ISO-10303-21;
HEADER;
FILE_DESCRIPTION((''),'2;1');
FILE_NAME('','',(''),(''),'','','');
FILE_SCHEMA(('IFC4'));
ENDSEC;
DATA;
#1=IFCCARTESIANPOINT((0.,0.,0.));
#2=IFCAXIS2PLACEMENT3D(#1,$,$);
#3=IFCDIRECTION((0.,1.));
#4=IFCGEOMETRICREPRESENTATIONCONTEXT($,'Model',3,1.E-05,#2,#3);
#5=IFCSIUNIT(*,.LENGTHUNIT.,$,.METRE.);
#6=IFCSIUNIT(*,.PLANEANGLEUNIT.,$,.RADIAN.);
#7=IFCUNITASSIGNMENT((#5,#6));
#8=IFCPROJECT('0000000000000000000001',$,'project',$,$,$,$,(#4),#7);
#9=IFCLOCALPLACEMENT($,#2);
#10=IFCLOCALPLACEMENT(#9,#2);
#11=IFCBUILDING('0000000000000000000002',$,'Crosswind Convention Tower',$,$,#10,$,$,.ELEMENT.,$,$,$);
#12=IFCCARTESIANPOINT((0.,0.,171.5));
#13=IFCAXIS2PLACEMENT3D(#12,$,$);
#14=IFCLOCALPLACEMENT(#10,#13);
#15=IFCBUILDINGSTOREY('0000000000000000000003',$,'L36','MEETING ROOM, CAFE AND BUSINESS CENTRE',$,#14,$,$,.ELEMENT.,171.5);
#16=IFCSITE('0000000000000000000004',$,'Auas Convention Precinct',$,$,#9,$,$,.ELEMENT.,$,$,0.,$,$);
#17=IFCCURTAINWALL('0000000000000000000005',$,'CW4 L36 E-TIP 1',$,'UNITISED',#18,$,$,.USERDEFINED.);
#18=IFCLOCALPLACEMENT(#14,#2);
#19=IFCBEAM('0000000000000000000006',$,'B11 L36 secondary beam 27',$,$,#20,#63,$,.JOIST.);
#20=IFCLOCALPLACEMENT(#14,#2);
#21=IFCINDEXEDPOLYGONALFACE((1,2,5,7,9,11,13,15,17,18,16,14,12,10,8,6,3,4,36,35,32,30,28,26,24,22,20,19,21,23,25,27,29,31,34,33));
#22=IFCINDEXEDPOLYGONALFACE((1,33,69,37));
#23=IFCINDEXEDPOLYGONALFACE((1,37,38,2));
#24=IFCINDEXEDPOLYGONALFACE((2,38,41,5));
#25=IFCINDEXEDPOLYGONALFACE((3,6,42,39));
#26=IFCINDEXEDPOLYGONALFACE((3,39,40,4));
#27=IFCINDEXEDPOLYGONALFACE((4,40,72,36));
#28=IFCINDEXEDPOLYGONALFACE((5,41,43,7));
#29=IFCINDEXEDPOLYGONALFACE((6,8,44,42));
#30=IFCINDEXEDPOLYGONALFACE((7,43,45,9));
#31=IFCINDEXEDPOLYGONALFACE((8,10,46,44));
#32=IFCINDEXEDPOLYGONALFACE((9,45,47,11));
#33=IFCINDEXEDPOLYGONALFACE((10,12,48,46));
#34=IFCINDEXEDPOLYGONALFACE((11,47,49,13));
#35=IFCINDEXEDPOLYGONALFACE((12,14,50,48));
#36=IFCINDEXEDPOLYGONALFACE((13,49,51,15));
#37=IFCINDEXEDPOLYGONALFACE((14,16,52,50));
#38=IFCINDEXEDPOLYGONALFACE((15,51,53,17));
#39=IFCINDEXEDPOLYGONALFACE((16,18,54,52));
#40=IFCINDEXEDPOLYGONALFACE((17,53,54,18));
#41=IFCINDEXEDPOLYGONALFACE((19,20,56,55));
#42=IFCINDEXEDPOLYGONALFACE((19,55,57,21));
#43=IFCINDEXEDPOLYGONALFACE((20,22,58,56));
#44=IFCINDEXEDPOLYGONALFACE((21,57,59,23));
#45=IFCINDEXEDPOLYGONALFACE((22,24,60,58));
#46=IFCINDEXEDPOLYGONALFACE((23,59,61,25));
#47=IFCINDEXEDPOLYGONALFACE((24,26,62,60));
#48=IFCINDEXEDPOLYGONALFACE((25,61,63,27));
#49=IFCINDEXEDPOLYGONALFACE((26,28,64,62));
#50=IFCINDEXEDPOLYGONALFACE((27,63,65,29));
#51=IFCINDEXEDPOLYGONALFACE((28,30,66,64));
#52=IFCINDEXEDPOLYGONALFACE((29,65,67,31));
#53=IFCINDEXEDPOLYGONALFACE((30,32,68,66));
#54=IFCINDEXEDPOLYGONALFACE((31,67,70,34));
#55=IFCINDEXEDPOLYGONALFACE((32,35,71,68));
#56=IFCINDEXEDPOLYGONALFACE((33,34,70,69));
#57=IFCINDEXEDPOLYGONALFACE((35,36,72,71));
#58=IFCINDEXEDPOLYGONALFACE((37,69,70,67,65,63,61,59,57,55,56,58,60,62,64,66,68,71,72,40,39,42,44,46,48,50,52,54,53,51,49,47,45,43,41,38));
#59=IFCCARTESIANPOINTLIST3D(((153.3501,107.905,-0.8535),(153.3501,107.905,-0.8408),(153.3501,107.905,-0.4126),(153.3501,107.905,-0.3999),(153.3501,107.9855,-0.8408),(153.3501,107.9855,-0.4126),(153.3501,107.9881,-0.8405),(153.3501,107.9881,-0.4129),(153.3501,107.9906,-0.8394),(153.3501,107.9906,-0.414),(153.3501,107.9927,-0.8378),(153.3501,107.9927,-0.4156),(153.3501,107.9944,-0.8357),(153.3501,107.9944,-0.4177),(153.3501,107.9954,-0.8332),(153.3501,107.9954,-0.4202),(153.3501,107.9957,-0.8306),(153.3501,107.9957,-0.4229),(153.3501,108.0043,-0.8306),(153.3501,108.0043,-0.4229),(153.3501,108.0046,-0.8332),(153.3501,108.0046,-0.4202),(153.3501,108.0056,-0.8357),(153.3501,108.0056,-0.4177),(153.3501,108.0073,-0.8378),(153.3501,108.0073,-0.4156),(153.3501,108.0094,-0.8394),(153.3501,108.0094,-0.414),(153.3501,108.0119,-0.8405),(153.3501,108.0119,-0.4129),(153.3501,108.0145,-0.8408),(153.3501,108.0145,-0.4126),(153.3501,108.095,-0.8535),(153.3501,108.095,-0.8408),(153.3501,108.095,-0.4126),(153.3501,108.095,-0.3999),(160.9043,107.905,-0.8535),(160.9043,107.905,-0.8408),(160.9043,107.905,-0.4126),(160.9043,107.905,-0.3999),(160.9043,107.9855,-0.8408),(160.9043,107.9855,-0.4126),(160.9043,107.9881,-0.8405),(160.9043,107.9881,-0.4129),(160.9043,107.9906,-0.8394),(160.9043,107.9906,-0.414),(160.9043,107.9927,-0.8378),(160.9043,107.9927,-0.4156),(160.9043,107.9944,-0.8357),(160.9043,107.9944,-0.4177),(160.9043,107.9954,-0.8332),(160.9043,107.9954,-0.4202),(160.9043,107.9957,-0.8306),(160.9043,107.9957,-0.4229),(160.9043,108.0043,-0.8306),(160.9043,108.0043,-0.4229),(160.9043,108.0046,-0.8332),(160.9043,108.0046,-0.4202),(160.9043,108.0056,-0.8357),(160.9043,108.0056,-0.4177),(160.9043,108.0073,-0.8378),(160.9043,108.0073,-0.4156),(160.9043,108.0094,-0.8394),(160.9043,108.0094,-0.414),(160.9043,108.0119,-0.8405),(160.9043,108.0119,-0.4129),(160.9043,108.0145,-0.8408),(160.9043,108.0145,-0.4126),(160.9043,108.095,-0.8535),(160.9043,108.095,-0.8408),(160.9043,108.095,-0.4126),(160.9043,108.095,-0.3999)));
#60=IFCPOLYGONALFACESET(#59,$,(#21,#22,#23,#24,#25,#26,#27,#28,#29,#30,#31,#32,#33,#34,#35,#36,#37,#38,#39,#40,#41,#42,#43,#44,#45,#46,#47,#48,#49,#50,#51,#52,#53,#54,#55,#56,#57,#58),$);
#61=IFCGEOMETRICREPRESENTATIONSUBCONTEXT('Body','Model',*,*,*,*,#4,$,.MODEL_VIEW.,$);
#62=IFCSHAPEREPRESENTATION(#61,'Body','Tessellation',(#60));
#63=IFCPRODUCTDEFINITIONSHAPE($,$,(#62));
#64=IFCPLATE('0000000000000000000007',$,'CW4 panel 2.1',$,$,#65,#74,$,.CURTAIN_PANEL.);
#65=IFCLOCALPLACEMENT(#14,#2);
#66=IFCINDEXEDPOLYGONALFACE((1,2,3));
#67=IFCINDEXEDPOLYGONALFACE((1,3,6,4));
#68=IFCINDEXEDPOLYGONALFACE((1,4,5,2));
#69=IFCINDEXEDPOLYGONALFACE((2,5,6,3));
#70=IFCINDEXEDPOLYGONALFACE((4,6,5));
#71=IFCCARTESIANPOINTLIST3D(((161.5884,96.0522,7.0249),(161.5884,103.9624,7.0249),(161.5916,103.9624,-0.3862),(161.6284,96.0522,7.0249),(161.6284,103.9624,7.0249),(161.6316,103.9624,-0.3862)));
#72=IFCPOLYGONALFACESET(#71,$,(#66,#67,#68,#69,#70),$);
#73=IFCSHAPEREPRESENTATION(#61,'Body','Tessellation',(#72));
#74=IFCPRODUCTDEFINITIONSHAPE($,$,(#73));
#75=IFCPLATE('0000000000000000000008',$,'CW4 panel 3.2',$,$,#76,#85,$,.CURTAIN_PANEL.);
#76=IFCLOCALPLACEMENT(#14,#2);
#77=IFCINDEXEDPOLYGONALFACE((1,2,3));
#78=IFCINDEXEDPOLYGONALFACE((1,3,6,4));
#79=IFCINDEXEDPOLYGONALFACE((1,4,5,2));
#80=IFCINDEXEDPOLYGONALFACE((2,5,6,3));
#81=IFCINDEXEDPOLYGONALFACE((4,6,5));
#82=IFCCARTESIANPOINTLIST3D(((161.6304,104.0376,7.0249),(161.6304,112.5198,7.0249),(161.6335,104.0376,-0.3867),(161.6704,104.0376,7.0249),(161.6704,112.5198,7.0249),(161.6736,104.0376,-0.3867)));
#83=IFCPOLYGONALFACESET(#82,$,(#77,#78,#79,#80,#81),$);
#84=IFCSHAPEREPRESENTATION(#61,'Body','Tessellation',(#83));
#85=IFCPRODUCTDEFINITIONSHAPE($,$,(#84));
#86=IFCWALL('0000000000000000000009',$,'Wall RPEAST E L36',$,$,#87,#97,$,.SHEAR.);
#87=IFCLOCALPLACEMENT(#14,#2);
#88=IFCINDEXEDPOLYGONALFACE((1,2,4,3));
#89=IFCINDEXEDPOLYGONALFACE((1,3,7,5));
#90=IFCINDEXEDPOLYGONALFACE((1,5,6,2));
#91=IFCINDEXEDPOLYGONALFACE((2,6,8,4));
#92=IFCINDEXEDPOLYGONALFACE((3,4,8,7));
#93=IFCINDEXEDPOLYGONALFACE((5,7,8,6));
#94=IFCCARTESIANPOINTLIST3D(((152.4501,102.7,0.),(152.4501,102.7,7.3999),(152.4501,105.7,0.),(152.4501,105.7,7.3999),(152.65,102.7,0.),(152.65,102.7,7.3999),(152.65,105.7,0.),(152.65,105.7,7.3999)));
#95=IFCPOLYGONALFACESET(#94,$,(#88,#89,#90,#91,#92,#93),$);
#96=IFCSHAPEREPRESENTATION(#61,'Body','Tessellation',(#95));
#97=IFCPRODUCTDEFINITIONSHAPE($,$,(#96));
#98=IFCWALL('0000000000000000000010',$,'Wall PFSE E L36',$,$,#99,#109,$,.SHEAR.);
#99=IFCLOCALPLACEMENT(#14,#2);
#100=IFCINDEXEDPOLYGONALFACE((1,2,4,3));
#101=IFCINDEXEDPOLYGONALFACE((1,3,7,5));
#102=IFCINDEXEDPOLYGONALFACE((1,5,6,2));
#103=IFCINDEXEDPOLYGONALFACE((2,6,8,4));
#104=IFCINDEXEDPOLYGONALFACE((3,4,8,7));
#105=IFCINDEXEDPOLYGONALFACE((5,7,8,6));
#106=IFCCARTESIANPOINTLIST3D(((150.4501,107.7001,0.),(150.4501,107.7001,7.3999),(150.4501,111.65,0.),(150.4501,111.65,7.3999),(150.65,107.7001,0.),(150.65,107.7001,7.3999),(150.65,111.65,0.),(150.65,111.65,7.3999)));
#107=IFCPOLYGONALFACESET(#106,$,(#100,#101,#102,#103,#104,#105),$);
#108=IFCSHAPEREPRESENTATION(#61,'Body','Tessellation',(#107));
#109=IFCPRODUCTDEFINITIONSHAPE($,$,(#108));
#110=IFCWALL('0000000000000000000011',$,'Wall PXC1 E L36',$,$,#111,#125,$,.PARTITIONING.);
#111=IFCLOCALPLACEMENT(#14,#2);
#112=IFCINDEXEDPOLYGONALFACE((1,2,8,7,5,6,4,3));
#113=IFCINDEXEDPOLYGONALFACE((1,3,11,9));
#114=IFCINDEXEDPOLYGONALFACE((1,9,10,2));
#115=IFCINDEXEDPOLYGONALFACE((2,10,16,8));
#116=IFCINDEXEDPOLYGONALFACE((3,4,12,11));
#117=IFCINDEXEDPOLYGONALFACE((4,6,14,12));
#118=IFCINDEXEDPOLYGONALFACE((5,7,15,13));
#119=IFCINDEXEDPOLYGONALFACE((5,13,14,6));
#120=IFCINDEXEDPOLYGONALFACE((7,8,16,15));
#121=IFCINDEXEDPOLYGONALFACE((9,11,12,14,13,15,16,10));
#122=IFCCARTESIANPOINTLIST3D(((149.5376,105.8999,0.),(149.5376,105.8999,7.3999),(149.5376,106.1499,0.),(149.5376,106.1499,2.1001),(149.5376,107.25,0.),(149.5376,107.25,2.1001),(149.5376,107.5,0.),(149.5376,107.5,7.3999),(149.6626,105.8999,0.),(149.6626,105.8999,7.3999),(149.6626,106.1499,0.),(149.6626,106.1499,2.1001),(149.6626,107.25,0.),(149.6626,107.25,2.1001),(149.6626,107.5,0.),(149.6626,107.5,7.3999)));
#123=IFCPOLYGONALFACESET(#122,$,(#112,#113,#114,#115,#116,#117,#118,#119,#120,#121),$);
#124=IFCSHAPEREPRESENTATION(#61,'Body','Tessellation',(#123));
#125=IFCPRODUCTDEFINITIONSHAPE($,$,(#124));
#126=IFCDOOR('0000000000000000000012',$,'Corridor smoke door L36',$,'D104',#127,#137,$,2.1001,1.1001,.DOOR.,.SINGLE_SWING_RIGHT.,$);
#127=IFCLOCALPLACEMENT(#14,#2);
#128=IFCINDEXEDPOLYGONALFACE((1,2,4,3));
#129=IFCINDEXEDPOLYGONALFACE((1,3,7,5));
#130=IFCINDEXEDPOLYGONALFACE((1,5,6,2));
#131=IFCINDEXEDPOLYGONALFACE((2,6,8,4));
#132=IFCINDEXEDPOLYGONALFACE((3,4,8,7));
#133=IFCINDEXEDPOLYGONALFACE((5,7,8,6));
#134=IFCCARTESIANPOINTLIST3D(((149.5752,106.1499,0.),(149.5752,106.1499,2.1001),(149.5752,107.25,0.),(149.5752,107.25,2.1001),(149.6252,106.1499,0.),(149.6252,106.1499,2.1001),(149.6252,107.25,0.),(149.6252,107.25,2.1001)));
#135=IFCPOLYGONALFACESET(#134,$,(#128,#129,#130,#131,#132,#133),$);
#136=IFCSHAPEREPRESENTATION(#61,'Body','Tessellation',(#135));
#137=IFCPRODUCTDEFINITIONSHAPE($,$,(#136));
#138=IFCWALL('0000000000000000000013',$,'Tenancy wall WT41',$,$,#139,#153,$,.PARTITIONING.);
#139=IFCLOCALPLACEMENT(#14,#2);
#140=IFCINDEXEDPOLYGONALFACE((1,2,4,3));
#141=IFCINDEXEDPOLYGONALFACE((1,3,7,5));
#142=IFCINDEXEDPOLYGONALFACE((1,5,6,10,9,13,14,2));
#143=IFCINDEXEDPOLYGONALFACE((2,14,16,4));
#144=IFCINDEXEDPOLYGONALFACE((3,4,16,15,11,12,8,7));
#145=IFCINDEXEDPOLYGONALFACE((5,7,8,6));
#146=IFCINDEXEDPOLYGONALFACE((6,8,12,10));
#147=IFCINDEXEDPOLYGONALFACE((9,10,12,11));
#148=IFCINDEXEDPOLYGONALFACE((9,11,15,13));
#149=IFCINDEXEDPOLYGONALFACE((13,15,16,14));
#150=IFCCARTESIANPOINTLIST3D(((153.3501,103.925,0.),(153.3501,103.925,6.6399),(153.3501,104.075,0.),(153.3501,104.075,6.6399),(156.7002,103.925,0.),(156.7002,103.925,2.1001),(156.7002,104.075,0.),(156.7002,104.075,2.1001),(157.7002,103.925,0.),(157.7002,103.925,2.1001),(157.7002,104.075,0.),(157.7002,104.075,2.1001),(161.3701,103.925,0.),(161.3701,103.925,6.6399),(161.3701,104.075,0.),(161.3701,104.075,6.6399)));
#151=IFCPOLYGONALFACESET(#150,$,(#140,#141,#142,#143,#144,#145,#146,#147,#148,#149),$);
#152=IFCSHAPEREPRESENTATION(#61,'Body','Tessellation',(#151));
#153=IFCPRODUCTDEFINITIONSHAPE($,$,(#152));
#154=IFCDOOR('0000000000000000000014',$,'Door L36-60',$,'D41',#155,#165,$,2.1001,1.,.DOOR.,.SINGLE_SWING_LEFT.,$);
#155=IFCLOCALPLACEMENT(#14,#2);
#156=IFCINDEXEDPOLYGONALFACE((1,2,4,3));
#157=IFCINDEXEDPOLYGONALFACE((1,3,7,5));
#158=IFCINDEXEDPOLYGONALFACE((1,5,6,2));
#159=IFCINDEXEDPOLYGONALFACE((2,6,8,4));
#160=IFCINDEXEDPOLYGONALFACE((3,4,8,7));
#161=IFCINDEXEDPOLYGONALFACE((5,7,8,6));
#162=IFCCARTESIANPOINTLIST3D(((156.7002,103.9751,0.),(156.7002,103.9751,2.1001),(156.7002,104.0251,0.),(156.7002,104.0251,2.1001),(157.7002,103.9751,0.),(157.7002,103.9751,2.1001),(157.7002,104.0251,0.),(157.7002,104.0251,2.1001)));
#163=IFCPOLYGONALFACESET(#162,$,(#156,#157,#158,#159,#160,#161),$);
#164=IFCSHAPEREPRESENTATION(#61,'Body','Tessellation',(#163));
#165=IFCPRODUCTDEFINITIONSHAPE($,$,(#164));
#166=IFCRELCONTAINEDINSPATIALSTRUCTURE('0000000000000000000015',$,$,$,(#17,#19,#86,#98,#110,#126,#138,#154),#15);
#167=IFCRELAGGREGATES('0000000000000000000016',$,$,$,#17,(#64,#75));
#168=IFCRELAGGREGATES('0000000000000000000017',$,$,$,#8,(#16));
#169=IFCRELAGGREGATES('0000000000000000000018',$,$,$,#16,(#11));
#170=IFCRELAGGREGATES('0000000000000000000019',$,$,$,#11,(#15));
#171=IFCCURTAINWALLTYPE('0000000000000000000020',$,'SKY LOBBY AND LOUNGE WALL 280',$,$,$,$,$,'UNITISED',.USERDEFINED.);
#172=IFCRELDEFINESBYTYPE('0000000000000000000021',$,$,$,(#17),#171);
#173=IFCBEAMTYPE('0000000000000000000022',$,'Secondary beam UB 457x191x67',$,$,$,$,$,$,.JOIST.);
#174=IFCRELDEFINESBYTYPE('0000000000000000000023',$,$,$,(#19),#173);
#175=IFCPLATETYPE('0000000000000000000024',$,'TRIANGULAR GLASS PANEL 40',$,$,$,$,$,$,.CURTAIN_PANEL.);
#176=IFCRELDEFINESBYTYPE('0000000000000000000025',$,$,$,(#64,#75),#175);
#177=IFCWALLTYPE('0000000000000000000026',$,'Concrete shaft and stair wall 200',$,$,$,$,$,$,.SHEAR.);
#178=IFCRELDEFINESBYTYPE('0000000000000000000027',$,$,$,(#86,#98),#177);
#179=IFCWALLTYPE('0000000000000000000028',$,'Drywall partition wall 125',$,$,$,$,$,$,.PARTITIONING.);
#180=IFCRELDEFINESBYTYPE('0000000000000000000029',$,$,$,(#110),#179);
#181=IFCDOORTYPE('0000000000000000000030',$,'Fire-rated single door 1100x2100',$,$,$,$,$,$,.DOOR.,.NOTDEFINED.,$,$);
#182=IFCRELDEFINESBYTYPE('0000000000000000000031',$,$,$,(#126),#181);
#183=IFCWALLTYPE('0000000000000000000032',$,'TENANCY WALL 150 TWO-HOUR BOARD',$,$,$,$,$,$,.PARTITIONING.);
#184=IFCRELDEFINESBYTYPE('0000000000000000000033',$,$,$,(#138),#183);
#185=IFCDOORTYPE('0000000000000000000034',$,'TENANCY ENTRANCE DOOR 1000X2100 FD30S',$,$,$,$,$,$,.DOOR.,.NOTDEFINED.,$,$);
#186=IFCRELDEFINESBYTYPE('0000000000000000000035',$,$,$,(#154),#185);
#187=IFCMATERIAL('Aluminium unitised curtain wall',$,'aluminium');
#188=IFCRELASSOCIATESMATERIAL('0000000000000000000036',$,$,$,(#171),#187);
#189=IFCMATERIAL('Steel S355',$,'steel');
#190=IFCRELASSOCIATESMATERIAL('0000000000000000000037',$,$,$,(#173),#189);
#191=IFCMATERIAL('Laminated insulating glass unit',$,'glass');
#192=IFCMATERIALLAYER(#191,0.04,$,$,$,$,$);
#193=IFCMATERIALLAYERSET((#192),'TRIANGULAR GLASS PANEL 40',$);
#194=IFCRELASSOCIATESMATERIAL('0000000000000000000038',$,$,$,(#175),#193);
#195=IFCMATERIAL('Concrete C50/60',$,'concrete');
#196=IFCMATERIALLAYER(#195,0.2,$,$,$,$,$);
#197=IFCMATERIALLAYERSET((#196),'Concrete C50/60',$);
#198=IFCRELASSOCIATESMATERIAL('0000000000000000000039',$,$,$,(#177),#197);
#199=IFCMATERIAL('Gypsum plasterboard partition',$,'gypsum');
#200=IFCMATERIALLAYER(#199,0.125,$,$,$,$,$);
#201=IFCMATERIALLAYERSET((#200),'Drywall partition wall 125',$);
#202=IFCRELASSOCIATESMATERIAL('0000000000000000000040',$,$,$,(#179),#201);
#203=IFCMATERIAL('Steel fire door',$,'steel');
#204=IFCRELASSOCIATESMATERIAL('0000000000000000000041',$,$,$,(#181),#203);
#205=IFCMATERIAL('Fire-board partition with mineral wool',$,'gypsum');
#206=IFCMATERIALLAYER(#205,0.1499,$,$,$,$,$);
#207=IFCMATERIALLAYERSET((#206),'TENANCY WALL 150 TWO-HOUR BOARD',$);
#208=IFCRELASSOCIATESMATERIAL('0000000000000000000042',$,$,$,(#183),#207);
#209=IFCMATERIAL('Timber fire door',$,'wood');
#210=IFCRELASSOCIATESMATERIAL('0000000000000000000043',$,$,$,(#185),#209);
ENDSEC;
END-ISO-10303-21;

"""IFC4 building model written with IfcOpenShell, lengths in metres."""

from ifc_helpers import new_model, si_unit, direction, frame, frame_2d, origin, origin_2d, place, context, subcontext, project, spatial, polyline, rectangle, i_section, outline, extrude, material, layer, layer_set, material_profile, profile_set, type_object, element, fill, aggregate, save


model = new_model("IFC4")

# Units and contexts
model_context = context("Model", 3, precision=1e-05, world=origin(), true_north=direction((0.0, 1.0)))
body_context = subcontext(model_context, "Body", "Model", "MODEL_VIEW")
ifc_project = project(units=[si_unit("LENGTHUNIT", "METRE"), si_unit("PLANEANGLEUNIT", "RADIAN")], contexts=[model_context])

# Site, building, storey
site_placement = place(None, origin())
site = spatial("IfcSite", under=ifc_project, at=site_placement, Name="Auas Convention Precinct", CompositionType="ELEMENT", RefElevation=0.0)
building_placement = place(site_placement, origin())
building = spatial("IfcBuilding", under=site, at=building_placement, Name="Crosswind Convention Tower", CompositionType="ELEMENT")
storey_placement = place(building_placement, frame((0.0, 0.0, 171.5)))
storey = spatial("IfcBuildingStorey", under=building, at=storey_placement, Name="L36", Description="MEETING ROOM, CAFE AND BUSINESS CENTRE", CompositionType="ELEMENT", Elevation=171.5)

# Shared definitions
ifc_material_1 = material(Name="Steel S355", Category="steel")

# Curtain wall
ifc_material_2 = material(Name="Aluminium unitised curtain wall", Category="aluminium")
curtain_wall_type = type_object("IfcCurtainWallType", Name="SKY LOBBY AND LOUNGE WALL 280", ElementType="UNITISED", PredefinedType="USERDEFINED", material=ifc_material_2)
curtain_wall_placement = place(storey_placement, origin())
curtain_wall = element("IfcCurtainWall", 1, at=curtain_wall_placement, inside=storey, type_object=curtain_wall_type, Name="CW4 L36 E-TIP 1", ObjectType="UNITISED", PredefinedType="USERDEFINED")

# Beam
ifc_material_profile_1 = material_profile(ifc_material_1, i_section(OverallWidth=0.1899, OverallDepth=0.4536, WebThickness=0.0085, FlangeThickness=0.0127, FilletRadius=0.0103, at=origin_2d()), Name="UB 457x191x67")
ifc_profile_set_1 = profile_set([ifc_material_profile_1], Name="Steel S355")
beam_type_1 = type_object("IfcBeamType", Name="Secondary beam UB 457x191x67", PredefinedType="JOIST", material=ifc_profile_set_1)
for number, where, z_axis, x_axis, name in (
    (2, (153.3501, 108.0, -0.6267), (1.0, 0.0, 0.0), (0.0, 1.0, 0.0), "B11 L36 secondary beam 27"),
):
    element("IfcBeam", number, at=place(storey_placement, frame(where, z_axis=z_axis, x_axis=x_axis)), inside=storey, type_object=beam_type_1, Name=name, PredefinedType="JOIST", context=body_context, shape_type="SweptSolid", body=[
        extrude(i_section(OverallWidth=0.1899, OverallDepth=0.4536, WebThickness=0.0085, FlangeThickness=0.0127, FilletRadius=0.0103, at=origin_2d()), origin(), (0.0, 0.0, 1.0), 7.5542),
    ])

# Plates
ifc_material_3 = material(Name="Laminated insulating glass unit", Category="glass")
ifc_layer_1 = layer(ifc_material_3, 0.04)
ifc_layer_set_1 = layer_set([ifc_layer_1], Name="TRIANGULAR GLASS PANEL 40")
plate_type = type_object("IfcPlateType", Name="TRIANGULAR GLASS PANEL 40", PredefinedType="CURTAIN_PANEL", material=ifc_layer_set_1)
plate_1_placement = place(storey_placement, frame((161.6284, 103.9624, 7.0249), z_axis=(1.0, 0.0, 0.000428), x_axis=(0.0, -1.0, 0.0)))
plate_1 = element("IfcPlate", 3, at=plate_1_placement, type_object=plate_type, Name="CW4 panel 2.1", PredefinedType="CURTAIN_PANEL", context=body_context, shape_type="SweptSolid", body=[
    extrude(outline(polyline([(0.0, 0.0), (7.9102, 0.0), (0.0, 7.4111), (0.0, 0.0)])), origin(), (0.0, 0.0, -1.0), 0.04),
])
plate_2_placement = place(storey_placement, frame((161.6704, 104.0376, 7.0249), z_axis=(1.0, 0.0, 0.000428), x_axis=(0.000428, 0.0, -1.0)))
plate_2 = element("IfcPlate", 4, at=plate_2_placement, type_object=plate_type, Name="CW4 panel 3.2", PredefinedType="CURTAIN_PANEL", context=body_context, shape_type="SweptSolid", body=[
    extrude(outline(polyline([(0.0, 0.0), (7.4116, 0.0), (0.0, 8.4822), (0.0, 0.0)])), origin(), (0.0, 0.0, -1.0), 0.04),
])
aggregate(curtain_wall, [plate_1, plate_2])

# Walls
ifc_material_4 = material(Name="Concrete C50/60", Category="concrete")
ifc_layer_2 = layer(ifc_material_4, 0.2)
ifc_layer_set_2 = layer_set([ifc_layer_2], Name="Concrete C50/60")
wall_type_1 = type_object("IfcWallType", Name="Concrete shaft and stair wall 200", PredefinedType="SHEAR", material=ifc_layer_set_2)
wall_1_placement = place(storey_placement, frame((152.55, 102.7, 0.0), z_axis=(0.0, 0.0, 1.0), x_axis=(0.0, 1.0, 0.0)))
element("IfcWall", 5, at=wall_1_placement, inside=storey, type_object=wall_type_1, Name="Wall RPEAST E L36", PredefinedType="SHEAR", context=body_context, shape_type="SweptSolid", body=[
    extrude(rectangle(XDim=3.0, YDim=0.2, at=frame_2d((1.5, 0.0))), origin(), (0.0, 0.0, 1.0), 7.3999),
])
wall_2_placement = place(storey_placement, frame((150.55, 107.7, 0.0), z_axis=(0.0, 0.0, 1.0), x_axis=(0.0, 1.0, 0.0)))
element("IfcWall", 6, at=wall_2_placement, inside=storey, type_object=wall_type_1, Name="Wall PFSE E L36", PredefinedType="SHEAR", context=body_context, shape_type="SweptSolid", body=[
    extrude(rectangle(XDim=3.95, YDim=0.2, at=frame_2d((1.9751, 0.0))), origin(), (0.0, 0.0, 1.0), 7.3999),
])

# Walls, openings, doors
ifc_material_5 = material(Name="Gypsum plasterboard partition", Category="gypsum")
ifc_layer_3 = layer(ifc_material_5, 0.125)
ifc_layer_set_3 = layer_set([ifc_layer_3], Name="Drywall partition wall 125")
wall_type_2 = type_object("IfcWallType", Name="Drywall partition wall 125", PredefinedType="PARTITIONING", material=ifc_layer_set_3)
wall_3_placement = place(storey_placement, frame((149.6001, 105.8999, 0.0), z_axis=(0.0, 0.0, 1.0), x_axis=(0.0, 1.0, 0.0)))
wall_3 = element("IfcWall", 7, at=wall_3_placement, inside=storey, type_object=wall_type_2, Name="Wall PXC1 E L36", PredefinedType="PARTITIONING", context=body_context, shape_type="SweptSolid", body=[
    extrude(rectangle(XDim=1.6001, YDim=0.125, at=frame_2d((0.8, 0.0))), origin(), (0.0, 0.0, 1.0), 7.3999),
])
opening_1_placement = place(wall_3_placement, frame((0.25, 0.0, 0.0)))
opening_1 = element("IfcOpeningElement", 8, at=opening_1_placement, cuts=wall_3, PredefinedType="OPENING", context=body_context, shape_type="SweptSolid", body=[
    extrude(rectangle(XDim=1.1001, YDim=2.1001, at=frame_2d((0.55, 1.05))), frame((0.0, 0.0725, 0.0), z_axis=(0.0, -1.0, 0.0), x_axis=(1.0, 0.0, 0.0)), (0.0, 0.0, 1.0), 0.145),
])
ifc_material_6 = material(Name="Steel fire door", Category="steel")
door_type_1 = type_object("IfcDoorType", Name="Fire-rated single door 1100x2100", OperationType="NOTDEFINED", PredefinedType="DOOR", material=ifc_material_6)
door_1_placement = place(opening_1_placement, origin())
door_1 = element("IfcDoor", 9, at=door_1_placement, inside=storey, type_object=door_type_1, Name="Corridor smoke door L36", ObjectType="D104", OperationType="SINGLE_SWING_RIGHT", OverallHeight=2.1001, OverallWidth=1.1001, PredefinedType="DOOR", context=body_context, shape_type="SweptSolid", body=[
    extrude(rectangle(XDim=1.1001, YDim=2.1001, at=frame_2d((0.55, 1.05))), frame((0.0, 0.0249, 0.0), z_axis=(0.0, -1.0, 0.0), x_axis=(1.0, 0.0, 0.0)), (0.0, 0.0, 1.0), 0.05),
])
fill(opening_1, door_1)
ifc_material_7 = material(Name="Fire-board partition with mineral wool", Category="gypsum")
ifc_layer_4 = layer(ifc_material_7, 0.1499)
ifc_layer_set_4 = layer_set([ifc_layer_4], Name="TENANCY WALL 150 TWO-HOUR BOARD")
wall_type_3 = type_object("IfcWallType", Name="TENANCY WALL 150 TWO-HOUR BOARD", PredefinedType="PARTITIONING", material=ifc_layer_set_4)
wall_4_placement = place(storey_placement, frame((153.3501, 104.0, 0.0), z_axis=(0.0, 0.0, 1.0), x_axis=(1.0, 0.0, 0.0)))
wall_4 = element("IfcWall", 10, at=wall_4_placement, inside=storey, type_object=wall_type_3, Name="Tenancy wall WT41", PredefinedType="PARTITIONING", context=body_context, shape_type="SweptSolid", body=[
    extrude(rectangle(XDim=8.02, YDim=0.1499, at=frame_2d((4.01, 0.0))), origin(), (0.0, 0.0, 1.0), 6.6399),
])
opening_2_placement = place(wall_4_placement, frame((3.3501, 0.0, 0.0)))
opening_2 = element("IfcOpeningElement", 11, at=opening_2_placement, cuts=wall_4, PredefinedType="OPENING", context=body_context, shape_type="SweptSolid", body=[
    extrude(rectangle(XDim=1.0, YDim=2.1001, at=frame_2d((0.5, 1.05))), frame((0.0, 0.085, 0.0), z_axis=(0.0, -1.0, 0.0), x_axis=(1.0, 0.0, 0.0)), (0.0, 0.0, 1.0), 0.1699),
])
ifc_material_8 = material(Name="Timber fire door", Category="wood")
door_type_2 = type_object("IfcDoorType", Name="TENANCY ENTRANCE DOOR 1000X2100 FD30S", OperationType="NOTDEFINED", PredefinedType="DOOR", material=ifc_material_8)
door_2_placement = place(opening_2_placement, frame((1.0, 0.0, 0.0), z_axis=(0.0, 0.0, 1.0), x_axis=(-1.0, 0.0, 0.0)))
door_2 = element("IfcDoor", 12, at=door_2_placement, inside=storey, type_object=door_type_2, Name="Door L36-60", ObjectType="D41", OperationType="SINGLE_SWING_LEFT", OverallHeight=2.1001, OverallWidth=1.0, PredefinedType="DOOR", context=body_context, shape_type="SweptSolid", body=[
    extrude(rectangle(XDim=1.0, YDim=2.1001, at=frame_2d((0.5, 1.05))), frame((0.0, 0.0249, 0.0), z_axis=(0.0, -1.0, 0.0), x_axis=(1.0, 0.0, 0.0)), (0.0, 0.0, 1.0), 0.05),
])
fill(opening_2, door_2)

save(model, "model.ifc")
